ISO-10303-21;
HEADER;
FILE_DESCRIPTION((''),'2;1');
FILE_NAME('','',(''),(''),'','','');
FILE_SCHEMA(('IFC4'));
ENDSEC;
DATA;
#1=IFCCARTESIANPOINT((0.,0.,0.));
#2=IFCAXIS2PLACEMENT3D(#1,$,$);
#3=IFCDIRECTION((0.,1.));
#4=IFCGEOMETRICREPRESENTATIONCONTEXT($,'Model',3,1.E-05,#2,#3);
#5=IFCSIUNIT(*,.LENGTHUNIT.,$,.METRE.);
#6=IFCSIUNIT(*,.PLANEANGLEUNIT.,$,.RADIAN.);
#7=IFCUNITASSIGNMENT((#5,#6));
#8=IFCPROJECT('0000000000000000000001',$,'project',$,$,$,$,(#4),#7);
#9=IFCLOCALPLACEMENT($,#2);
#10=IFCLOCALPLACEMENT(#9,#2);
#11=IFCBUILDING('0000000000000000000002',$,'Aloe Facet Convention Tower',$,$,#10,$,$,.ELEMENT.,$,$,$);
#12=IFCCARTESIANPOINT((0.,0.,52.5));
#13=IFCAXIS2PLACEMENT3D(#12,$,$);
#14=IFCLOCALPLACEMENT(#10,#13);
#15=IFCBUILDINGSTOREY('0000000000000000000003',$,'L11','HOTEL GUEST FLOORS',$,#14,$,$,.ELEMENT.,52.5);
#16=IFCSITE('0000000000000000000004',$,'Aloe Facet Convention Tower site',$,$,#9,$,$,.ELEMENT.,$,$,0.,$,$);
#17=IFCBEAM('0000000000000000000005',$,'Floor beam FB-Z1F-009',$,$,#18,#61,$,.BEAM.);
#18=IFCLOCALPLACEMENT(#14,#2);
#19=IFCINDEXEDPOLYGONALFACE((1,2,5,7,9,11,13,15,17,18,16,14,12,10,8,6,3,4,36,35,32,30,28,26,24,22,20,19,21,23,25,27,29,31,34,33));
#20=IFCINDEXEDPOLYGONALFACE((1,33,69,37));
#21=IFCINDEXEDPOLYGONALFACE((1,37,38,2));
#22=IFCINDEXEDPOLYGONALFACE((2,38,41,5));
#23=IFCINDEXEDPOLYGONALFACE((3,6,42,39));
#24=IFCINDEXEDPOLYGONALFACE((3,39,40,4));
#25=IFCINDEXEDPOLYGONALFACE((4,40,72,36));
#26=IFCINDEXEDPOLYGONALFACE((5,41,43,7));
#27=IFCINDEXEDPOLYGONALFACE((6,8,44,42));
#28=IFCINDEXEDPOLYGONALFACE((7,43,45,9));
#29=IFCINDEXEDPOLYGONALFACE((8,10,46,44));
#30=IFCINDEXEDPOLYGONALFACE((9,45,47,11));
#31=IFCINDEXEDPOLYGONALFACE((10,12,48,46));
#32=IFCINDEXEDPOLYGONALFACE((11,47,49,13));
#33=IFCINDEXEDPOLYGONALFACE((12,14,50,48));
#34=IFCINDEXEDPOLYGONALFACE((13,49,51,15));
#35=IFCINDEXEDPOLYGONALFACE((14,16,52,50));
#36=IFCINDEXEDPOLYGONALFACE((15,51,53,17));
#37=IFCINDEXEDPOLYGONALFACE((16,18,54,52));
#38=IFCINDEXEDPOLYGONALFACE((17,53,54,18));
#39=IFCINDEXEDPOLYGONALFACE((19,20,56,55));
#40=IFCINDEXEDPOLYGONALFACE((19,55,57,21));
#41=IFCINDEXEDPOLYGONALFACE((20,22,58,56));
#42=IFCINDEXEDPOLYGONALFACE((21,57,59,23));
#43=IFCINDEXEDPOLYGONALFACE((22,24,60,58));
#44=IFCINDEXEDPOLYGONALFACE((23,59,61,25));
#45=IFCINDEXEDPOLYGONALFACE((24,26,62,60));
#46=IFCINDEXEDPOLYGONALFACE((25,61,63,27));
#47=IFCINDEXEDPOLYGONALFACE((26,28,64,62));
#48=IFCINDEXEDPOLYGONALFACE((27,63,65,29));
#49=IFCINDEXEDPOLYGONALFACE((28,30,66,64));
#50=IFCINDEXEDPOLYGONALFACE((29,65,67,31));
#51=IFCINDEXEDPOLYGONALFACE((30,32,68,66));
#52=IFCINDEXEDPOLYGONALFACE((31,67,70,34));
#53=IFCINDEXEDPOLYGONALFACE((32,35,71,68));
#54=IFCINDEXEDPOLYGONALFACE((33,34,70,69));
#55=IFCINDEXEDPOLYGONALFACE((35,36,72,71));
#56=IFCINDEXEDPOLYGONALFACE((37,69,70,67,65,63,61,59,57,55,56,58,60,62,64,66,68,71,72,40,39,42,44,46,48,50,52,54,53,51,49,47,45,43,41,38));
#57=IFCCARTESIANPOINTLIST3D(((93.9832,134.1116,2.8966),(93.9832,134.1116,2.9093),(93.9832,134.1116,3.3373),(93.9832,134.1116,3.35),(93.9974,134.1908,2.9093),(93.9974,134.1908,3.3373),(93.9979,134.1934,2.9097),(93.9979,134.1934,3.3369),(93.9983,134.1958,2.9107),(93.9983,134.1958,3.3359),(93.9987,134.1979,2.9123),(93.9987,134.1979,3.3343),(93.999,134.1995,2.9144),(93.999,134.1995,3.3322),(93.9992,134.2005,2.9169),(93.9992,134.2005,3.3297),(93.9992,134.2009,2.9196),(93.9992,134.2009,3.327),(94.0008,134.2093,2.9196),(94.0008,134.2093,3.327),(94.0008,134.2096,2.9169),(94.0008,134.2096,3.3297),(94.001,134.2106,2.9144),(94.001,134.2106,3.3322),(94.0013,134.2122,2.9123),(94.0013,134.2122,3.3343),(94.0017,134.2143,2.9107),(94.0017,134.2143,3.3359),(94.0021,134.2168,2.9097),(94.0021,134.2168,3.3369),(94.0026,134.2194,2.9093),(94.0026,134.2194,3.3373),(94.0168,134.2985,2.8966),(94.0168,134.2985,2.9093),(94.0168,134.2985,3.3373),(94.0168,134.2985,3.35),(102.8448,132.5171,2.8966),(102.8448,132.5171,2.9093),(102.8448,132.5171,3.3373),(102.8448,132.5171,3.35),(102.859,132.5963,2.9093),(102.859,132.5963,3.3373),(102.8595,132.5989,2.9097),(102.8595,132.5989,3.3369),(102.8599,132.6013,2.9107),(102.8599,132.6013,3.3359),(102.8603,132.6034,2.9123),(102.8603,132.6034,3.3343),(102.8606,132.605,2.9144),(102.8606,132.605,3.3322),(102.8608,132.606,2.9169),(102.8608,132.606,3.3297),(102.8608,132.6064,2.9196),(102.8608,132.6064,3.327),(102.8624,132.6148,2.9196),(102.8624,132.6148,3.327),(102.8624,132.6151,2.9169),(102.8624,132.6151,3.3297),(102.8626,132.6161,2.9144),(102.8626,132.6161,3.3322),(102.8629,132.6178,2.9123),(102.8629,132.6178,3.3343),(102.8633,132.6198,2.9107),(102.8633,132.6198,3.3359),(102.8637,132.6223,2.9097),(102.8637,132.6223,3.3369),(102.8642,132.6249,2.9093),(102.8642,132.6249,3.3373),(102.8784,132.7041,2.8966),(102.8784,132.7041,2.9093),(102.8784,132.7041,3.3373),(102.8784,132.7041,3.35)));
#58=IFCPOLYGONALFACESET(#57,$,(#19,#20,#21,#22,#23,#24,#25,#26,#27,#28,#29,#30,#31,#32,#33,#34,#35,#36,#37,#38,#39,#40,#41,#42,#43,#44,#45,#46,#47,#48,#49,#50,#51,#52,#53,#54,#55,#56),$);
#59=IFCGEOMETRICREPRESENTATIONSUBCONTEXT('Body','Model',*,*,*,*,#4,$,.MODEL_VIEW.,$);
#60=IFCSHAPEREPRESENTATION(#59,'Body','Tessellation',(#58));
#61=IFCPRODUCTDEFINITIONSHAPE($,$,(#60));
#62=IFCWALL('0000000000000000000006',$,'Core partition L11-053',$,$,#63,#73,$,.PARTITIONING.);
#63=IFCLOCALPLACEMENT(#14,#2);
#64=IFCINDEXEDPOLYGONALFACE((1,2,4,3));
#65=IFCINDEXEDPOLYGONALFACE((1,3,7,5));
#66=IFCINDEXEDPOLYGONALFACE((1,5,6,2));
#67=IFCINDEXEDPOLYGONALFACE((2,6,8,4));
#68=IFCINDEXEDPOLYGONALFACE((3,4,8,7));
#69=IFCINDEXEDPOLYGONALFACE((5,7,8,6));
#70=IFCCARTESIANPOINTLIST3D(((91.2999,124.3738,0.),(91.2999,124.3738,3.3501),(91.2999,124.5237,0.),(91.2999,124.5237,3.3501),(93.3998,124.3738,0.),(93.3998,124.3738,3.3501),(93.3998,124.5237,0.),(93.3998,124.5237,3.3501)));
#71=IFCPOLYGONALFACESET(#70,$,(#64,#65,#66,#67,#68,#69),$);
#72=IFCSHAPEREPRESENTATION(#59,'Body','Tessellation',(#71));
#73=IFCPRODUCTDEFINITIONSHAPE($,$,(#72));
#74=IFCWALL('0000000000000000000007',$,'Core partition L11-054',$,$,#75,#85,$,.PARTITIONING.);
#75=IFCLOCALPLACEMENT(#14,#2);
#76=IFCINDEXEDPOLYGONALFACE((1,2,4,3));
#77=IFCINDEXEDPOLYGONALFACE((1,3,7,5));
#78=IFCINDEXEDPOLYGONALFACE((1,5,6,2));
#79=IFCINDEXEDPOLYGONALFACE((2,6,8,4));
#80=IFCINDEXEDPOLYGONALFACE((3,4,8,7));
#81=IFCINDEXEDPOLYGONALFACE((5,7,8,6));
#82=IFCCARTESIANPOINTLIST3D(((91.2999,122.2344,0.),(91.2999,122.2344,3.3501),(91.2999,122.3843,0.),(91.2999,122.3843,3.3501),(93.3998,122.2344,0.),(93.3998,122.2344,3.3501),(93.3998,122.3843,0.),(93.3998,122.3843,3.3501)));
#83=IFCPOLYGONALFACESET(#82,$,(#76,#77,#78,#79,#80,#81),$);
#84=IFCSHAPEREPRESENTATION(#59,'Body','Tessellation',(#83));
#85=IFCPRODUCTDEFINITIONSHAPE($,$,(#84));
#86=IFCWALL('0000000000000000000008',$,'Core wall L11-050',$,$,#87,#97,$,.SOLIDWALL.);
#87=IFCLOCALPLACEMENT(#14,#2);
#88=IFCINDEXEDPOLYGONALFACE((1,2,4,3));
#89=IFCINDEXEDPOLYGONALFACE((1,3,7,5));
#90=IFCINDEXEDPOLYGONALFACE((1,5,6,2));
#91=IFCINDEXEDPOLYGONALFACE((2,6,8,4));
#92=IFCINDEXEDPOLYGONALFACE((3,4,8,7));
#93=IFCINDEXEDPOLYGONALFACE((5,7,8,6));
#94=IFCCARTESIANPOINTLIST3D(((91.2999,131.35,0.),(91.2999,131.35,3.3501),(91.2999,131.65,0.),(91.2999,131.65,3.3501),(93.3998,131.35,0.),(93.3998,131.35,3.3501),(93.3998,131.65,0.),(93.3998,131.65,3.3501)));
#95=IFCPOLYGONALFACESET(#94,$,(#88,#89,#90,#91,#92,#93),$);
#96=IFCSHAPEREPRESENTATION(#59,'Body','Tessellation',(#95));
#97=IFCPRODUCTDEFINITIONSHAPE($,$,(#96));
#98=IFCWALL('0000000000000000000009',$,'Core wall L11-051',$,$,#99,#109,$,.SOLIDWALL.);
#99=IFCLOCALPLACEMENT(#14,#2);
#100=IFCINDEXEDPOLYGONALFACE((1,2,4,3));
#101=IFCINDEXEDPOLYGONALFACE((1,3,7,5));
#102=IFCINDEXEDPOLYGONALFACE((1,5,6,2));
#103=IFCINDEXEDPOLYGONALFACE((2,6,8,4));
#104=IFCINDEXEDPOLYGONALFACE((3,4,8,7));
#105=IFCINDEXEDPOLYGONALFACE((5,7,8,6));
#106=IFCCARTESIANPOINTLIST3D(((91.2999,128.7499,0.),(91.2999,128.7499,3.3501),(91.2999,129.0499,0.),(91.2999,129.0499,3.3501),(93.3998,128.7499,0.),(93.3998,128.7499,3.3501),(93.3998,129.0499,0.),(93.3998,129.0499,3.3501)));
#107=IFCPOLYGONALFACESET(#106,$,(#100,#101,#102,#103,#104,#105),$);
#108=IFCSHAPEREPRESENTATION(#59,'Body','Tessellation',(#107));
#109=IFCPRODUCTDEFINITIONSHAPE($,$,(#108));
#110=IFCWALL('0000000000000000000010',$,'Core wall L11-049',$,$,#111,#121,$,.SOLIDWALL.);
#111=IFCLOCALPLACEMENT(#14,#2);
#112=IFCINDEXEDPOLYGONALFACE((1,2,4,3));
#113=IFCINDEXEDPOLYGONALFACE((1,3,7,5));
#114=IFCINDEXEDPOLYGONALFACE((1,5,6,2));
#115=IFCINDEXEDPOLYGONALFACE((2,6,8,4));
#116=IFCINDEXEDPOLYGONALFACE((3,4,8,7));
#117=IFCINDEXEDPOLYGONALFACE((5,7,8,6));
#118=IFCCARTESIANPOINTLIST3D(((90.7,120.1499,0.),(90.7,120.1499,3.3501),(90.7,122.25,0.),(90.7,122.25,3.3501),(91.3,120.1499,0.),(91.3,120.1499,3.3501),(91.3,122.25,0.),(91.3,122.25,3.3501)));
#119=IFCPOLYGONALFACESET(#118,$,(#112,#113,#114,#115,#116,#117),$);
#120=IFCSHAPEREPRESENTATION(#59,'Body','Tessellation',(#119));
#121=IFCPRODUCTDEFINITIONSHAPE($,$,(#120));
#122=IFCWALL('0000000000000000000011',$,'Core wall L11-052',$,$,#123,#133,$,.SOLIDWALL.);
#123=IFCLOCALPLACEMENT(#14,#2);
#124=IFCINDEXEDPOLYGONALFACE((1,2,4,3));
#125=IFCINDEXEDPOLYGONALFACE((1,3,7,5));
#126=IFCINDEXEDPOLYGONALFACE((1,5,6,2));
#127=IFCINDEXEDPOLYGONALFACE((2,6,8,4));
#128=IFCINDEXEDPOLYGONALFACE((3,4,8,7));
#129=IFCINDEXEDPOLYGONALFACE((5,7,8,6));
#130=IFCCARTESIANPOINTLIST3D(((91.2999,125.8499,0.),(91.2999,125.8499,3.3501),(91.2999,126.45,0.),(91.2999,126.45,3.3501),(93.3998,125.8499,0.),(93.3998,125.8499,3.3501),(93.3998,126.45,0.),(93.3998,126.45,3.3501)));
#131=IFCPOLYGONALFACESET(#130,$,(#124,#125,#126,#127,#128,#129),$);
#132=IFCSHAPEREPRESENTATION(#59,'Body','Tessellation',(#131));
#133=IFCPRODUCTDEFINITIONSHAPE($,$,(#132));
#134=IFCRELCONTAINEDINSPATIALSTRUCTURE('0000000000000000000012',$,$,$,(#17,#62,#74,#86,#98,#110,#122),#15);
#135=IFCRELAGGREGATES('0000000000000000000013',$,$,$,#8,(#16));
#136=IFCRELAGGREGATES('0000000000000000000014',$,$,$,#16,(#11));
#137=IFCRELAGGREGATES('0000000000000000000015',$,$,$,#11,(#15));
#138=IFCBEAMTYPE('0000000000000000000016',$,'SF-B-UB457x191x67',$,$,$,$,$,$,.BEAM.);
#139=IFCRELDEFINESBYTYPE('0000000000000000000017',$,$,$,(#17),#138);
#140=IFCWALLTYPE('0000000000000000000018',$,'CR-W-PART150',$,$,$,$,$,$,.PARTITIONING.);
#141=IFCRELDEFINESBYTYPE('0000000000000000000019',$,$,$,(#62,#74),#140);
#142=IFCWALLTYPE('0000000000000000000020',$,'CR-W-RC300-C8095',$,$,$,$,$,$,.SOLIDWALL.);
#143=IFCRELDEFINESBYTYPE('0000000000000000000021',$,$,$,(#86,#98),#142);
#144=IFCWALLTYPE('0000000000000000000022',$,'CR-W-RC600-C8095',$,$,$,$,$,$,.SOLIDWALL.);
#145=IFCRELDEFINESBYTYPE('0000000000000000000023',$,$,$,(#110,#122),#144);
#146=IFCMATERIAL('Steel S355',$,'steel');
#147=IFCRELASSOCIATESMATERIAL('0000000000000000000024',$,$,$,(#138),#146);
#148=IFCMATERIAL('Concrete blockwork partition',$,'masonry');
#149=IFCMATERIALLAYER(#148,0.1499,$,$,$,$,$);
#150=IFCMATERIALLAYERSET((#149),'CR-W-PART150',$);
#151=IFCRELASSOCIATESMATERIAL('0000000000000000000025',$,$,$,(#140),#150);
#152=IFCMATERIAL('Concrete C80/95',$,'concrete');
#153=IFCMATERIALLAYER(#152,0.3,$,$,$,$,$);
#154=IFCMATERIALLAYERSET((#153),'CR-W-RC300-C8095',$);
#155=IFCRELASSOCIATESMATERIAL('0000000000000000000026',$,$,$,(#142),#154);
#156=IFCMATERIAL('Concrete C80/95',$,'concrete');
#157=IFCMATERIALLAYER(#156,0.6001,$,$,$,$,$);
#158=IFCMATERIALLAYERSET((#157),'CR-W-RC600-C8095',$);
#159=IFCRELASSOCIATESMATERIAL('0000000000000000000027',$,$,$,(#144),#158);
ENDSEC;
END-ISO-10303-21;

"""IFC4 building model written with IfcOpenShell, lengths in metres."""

from ifc_helpers import new_model, si_unit, direction, frame, frame_2d, origin, origin_2d, place, context, subcontext, project, spatial, rectangle, i_section, extrude, material, layer, layer_set, material_profile, profile_set, type_object, element, save


model = new_model("IFC4")

# Units and contexts
model_context = context("Model", 3, precision=1e-05, world=origin(), true_north=direction((0.0, 1.0)))
body_context = subcontext(model_context, "Body", "Model", "MODEL_VIEW")
ifc_project = project(units=[si_unit("LENGTHUNIT", "METRE"), si_unit("PLANEANGLEUNIT", "RADIAN")], contexts=[model_context])

# Site, building, storey
site_placement = place(None, origin())
site = spatial("IfcSite", under=ifc_project, at=site_placement, Name="Aloe Facet Convention Tower site", CompositionType="ELEMENT", RefElevation=0.0)
building_placement = place(site_placement, origin())
building = spatial("IfcBuilding", under=site, at=building_placement, Name="Aloe Facet Convention Tower", CompositionType="ELEMENT")
storey_placement = place(building_placement, frame((0.0, 0.0, 52.5)))
storey = spatial("IfcBuildingStorey", under=building, at=storey_placement, Name="L11", Description="HOTEL GUEST FLOORS", CompositionType="ELEMENT", Elevation=52.5)

# Beam
ifc_material_1 = material(Name="Steel S355", Category="steel")
ifc_material_profile_1 = material_profile(ifc_material_1, i_section(OverallWidth=0.1899, OverallDepth=0.4534, WebThickness=0.0085, FlangeThickness=0.0127, FilletRadius=0.0103, at=origin_2d()), Name="UB 457x191x67")
ifc_profile_set_1 = profile_set([ifc_material_profile_1], Name="Steel S355")
beam_type_1 = type_object("IfcBeamType", Name="SF-B-UB457x191x67", PredefinedType="BEAM", material=ifc_profile_set_1)
beam_1_placement = place(storey_placement, frame((94.0, 134.2051, 3.1233), z_axis=(0.984195, -0.177088, 0.0), x_axis=(0.177088, 0.984195, 0.0)))
element("IfcBeam", 1, at=beam_1_placement, inside=storey, type_object=beam_type_1, Name="Floor beam FB-Z1F-009", PredefinedType="BEAM", context=body_context, shape_type="SweptSolid", body=[
    extrude(i_section(OverallWidth=0.1899, OverallDepth=0.4534, WebThickness=0.0085, FlangeThickness=0.0127, FilletRadius=0.0103, at=origin_2d()), origin(), (0.0, 0.0, 1.0), 9.0039),
])

# Walls
ifc_material_2 = material(Name="Concrete blockwork partition", Category="masonry")
ifc_layer_1 = layer(ifc_material_2, 0.1499)
ifc_layer_set_1 = layer_set([ifc_layer_1], Name="CR-W-PART150")
wall_type_1 = type_object("IfcWallType", Name="CR-W-PART150", PredefinedType="PARTITIONING", material=ifc_layer_set_1)
for number, where, z_axis, x_axis, name in (
    (2, (91.3, 124.4487, 0.0), (0.0, 0.0, 1.0), (1.0, 0.0, 0.0), "Core partition L11-053"),
    (3, (91.3, 122.3093, 0.0), (0.0, 0.0, 1.0), (1.0, 0.0, 0.0), "Core partition L11-054"),
):
    element("IfcWall", number, at=place(storey_placement, frame(where, z_axis=z_axis, x_axis=x_axis)), inside=storey, type_object=wall_type_1, Name=name, PredefinedType="PARTITIONING", context=body_context, shape_type="SweptSolid", body=[
        extrude(rectangle(XDim=2.0999, YDim=0.1499, at=frame_2d((1.0498, 0.0))), origin(), (0.0, 0.0, 1.0), 3.3501),
    ])
ifc_material_3 = material(Name="Concrete C80/95", Category="concrete")
ifc_layer_2 = layer(ifc_material_3, 0.3)
ifc_layer_set_2 = layer_set([ifc_layer_2], Name="CR-W-RC300-C8095")
wall_type_2 = type_object("IfcWallType", Name="CR-W-RC300-C8095", PredefinedType="SOLIDWALL", material=ifc_layer_set_2)
for number, where, z_axis, x_axis, name in (
    (4, (91.3, 131.5, 0.0), (0.0, 0.0, 1.0), (1.0, 0.0, 0.0), "Core wall L11-050"),
    (5, (91.3, 128.8999, 0.0), (0.0, 0.0, 1.0), (1.0, 0.0, 0.0), "Core wall L11-051"),
):
    element("IfcWall", number, at=place(storey_placement, frame(where, z_axis=z_axis, x_axis=x_axis)), inside=storey, type_object=wall_type_2, Name=name, PredefinedType="SOLIDWALL", context=body_context, shape_type="SweptSolid", body=[
        extrude(rectangle(XDim=2.0999, YDim=0.3, at=frame_2d((1.0498, 0.0))), origin(), (0.0, 0.0, 1.0), 3.3501),
    ])
ifc_material_4 = material(Name="Concrete C80/95", Category="concrete")
ifc_layer_3 = layer(ifc_material_4, 0.6001)
ifc_layer_set_3 = layer_set([ifc_layer_3], Name="CR-W-RC600-C8095")
wall_type_3 = type_object("IfcWallType", Name="CR-W-RC600-C8095", PredefinedType="SOLIDWALL", material=ifc_layer_set_3)
wall_1_placement = place(storey_placement, frame((91.0, 122.25, 0.0), z_axis=(0.0, 0.0, 1.0), x_axis=(0.0, -1.0, 0.0)))
element("IfcWall", 6, at=wall_1_placement, inside=storey, type_object=wall_type_3, Name="Core wall L11-049", PredefinedType="SOLIDWALL", context=body_context, shape_type="SweptSolid", body=[
    extrude(rectangle(XDim=2.1001, YDim=0.6001, at=frame_2d((1.05, 0.0))), origin(), (0.0, 0.0, 1.0), 3.3501),
])
wall_2_placement = place(storey_placement, frame((91.3, 126.1499, 0.0), z_axis=(0.0, 0.0, 1.0), x_axis=(1.0, 0.0, 0.0)))
element("IfcWall", 7, at=wall_2_placement, inside=storey, type_object=wall_type_3, Name="Core wall L11-052", PredefinedType="SOLIDWALL", context=body_context, shape_type="SweptSolid", body=[
    extrude(rectangle(XDim=2.0999, YDim=0.6001, at=frame_2d((1.0498, 0.0))), origin(), (0.0, 0.0, 1.0), 3.3501),
])

save(model, "model.ifc")
